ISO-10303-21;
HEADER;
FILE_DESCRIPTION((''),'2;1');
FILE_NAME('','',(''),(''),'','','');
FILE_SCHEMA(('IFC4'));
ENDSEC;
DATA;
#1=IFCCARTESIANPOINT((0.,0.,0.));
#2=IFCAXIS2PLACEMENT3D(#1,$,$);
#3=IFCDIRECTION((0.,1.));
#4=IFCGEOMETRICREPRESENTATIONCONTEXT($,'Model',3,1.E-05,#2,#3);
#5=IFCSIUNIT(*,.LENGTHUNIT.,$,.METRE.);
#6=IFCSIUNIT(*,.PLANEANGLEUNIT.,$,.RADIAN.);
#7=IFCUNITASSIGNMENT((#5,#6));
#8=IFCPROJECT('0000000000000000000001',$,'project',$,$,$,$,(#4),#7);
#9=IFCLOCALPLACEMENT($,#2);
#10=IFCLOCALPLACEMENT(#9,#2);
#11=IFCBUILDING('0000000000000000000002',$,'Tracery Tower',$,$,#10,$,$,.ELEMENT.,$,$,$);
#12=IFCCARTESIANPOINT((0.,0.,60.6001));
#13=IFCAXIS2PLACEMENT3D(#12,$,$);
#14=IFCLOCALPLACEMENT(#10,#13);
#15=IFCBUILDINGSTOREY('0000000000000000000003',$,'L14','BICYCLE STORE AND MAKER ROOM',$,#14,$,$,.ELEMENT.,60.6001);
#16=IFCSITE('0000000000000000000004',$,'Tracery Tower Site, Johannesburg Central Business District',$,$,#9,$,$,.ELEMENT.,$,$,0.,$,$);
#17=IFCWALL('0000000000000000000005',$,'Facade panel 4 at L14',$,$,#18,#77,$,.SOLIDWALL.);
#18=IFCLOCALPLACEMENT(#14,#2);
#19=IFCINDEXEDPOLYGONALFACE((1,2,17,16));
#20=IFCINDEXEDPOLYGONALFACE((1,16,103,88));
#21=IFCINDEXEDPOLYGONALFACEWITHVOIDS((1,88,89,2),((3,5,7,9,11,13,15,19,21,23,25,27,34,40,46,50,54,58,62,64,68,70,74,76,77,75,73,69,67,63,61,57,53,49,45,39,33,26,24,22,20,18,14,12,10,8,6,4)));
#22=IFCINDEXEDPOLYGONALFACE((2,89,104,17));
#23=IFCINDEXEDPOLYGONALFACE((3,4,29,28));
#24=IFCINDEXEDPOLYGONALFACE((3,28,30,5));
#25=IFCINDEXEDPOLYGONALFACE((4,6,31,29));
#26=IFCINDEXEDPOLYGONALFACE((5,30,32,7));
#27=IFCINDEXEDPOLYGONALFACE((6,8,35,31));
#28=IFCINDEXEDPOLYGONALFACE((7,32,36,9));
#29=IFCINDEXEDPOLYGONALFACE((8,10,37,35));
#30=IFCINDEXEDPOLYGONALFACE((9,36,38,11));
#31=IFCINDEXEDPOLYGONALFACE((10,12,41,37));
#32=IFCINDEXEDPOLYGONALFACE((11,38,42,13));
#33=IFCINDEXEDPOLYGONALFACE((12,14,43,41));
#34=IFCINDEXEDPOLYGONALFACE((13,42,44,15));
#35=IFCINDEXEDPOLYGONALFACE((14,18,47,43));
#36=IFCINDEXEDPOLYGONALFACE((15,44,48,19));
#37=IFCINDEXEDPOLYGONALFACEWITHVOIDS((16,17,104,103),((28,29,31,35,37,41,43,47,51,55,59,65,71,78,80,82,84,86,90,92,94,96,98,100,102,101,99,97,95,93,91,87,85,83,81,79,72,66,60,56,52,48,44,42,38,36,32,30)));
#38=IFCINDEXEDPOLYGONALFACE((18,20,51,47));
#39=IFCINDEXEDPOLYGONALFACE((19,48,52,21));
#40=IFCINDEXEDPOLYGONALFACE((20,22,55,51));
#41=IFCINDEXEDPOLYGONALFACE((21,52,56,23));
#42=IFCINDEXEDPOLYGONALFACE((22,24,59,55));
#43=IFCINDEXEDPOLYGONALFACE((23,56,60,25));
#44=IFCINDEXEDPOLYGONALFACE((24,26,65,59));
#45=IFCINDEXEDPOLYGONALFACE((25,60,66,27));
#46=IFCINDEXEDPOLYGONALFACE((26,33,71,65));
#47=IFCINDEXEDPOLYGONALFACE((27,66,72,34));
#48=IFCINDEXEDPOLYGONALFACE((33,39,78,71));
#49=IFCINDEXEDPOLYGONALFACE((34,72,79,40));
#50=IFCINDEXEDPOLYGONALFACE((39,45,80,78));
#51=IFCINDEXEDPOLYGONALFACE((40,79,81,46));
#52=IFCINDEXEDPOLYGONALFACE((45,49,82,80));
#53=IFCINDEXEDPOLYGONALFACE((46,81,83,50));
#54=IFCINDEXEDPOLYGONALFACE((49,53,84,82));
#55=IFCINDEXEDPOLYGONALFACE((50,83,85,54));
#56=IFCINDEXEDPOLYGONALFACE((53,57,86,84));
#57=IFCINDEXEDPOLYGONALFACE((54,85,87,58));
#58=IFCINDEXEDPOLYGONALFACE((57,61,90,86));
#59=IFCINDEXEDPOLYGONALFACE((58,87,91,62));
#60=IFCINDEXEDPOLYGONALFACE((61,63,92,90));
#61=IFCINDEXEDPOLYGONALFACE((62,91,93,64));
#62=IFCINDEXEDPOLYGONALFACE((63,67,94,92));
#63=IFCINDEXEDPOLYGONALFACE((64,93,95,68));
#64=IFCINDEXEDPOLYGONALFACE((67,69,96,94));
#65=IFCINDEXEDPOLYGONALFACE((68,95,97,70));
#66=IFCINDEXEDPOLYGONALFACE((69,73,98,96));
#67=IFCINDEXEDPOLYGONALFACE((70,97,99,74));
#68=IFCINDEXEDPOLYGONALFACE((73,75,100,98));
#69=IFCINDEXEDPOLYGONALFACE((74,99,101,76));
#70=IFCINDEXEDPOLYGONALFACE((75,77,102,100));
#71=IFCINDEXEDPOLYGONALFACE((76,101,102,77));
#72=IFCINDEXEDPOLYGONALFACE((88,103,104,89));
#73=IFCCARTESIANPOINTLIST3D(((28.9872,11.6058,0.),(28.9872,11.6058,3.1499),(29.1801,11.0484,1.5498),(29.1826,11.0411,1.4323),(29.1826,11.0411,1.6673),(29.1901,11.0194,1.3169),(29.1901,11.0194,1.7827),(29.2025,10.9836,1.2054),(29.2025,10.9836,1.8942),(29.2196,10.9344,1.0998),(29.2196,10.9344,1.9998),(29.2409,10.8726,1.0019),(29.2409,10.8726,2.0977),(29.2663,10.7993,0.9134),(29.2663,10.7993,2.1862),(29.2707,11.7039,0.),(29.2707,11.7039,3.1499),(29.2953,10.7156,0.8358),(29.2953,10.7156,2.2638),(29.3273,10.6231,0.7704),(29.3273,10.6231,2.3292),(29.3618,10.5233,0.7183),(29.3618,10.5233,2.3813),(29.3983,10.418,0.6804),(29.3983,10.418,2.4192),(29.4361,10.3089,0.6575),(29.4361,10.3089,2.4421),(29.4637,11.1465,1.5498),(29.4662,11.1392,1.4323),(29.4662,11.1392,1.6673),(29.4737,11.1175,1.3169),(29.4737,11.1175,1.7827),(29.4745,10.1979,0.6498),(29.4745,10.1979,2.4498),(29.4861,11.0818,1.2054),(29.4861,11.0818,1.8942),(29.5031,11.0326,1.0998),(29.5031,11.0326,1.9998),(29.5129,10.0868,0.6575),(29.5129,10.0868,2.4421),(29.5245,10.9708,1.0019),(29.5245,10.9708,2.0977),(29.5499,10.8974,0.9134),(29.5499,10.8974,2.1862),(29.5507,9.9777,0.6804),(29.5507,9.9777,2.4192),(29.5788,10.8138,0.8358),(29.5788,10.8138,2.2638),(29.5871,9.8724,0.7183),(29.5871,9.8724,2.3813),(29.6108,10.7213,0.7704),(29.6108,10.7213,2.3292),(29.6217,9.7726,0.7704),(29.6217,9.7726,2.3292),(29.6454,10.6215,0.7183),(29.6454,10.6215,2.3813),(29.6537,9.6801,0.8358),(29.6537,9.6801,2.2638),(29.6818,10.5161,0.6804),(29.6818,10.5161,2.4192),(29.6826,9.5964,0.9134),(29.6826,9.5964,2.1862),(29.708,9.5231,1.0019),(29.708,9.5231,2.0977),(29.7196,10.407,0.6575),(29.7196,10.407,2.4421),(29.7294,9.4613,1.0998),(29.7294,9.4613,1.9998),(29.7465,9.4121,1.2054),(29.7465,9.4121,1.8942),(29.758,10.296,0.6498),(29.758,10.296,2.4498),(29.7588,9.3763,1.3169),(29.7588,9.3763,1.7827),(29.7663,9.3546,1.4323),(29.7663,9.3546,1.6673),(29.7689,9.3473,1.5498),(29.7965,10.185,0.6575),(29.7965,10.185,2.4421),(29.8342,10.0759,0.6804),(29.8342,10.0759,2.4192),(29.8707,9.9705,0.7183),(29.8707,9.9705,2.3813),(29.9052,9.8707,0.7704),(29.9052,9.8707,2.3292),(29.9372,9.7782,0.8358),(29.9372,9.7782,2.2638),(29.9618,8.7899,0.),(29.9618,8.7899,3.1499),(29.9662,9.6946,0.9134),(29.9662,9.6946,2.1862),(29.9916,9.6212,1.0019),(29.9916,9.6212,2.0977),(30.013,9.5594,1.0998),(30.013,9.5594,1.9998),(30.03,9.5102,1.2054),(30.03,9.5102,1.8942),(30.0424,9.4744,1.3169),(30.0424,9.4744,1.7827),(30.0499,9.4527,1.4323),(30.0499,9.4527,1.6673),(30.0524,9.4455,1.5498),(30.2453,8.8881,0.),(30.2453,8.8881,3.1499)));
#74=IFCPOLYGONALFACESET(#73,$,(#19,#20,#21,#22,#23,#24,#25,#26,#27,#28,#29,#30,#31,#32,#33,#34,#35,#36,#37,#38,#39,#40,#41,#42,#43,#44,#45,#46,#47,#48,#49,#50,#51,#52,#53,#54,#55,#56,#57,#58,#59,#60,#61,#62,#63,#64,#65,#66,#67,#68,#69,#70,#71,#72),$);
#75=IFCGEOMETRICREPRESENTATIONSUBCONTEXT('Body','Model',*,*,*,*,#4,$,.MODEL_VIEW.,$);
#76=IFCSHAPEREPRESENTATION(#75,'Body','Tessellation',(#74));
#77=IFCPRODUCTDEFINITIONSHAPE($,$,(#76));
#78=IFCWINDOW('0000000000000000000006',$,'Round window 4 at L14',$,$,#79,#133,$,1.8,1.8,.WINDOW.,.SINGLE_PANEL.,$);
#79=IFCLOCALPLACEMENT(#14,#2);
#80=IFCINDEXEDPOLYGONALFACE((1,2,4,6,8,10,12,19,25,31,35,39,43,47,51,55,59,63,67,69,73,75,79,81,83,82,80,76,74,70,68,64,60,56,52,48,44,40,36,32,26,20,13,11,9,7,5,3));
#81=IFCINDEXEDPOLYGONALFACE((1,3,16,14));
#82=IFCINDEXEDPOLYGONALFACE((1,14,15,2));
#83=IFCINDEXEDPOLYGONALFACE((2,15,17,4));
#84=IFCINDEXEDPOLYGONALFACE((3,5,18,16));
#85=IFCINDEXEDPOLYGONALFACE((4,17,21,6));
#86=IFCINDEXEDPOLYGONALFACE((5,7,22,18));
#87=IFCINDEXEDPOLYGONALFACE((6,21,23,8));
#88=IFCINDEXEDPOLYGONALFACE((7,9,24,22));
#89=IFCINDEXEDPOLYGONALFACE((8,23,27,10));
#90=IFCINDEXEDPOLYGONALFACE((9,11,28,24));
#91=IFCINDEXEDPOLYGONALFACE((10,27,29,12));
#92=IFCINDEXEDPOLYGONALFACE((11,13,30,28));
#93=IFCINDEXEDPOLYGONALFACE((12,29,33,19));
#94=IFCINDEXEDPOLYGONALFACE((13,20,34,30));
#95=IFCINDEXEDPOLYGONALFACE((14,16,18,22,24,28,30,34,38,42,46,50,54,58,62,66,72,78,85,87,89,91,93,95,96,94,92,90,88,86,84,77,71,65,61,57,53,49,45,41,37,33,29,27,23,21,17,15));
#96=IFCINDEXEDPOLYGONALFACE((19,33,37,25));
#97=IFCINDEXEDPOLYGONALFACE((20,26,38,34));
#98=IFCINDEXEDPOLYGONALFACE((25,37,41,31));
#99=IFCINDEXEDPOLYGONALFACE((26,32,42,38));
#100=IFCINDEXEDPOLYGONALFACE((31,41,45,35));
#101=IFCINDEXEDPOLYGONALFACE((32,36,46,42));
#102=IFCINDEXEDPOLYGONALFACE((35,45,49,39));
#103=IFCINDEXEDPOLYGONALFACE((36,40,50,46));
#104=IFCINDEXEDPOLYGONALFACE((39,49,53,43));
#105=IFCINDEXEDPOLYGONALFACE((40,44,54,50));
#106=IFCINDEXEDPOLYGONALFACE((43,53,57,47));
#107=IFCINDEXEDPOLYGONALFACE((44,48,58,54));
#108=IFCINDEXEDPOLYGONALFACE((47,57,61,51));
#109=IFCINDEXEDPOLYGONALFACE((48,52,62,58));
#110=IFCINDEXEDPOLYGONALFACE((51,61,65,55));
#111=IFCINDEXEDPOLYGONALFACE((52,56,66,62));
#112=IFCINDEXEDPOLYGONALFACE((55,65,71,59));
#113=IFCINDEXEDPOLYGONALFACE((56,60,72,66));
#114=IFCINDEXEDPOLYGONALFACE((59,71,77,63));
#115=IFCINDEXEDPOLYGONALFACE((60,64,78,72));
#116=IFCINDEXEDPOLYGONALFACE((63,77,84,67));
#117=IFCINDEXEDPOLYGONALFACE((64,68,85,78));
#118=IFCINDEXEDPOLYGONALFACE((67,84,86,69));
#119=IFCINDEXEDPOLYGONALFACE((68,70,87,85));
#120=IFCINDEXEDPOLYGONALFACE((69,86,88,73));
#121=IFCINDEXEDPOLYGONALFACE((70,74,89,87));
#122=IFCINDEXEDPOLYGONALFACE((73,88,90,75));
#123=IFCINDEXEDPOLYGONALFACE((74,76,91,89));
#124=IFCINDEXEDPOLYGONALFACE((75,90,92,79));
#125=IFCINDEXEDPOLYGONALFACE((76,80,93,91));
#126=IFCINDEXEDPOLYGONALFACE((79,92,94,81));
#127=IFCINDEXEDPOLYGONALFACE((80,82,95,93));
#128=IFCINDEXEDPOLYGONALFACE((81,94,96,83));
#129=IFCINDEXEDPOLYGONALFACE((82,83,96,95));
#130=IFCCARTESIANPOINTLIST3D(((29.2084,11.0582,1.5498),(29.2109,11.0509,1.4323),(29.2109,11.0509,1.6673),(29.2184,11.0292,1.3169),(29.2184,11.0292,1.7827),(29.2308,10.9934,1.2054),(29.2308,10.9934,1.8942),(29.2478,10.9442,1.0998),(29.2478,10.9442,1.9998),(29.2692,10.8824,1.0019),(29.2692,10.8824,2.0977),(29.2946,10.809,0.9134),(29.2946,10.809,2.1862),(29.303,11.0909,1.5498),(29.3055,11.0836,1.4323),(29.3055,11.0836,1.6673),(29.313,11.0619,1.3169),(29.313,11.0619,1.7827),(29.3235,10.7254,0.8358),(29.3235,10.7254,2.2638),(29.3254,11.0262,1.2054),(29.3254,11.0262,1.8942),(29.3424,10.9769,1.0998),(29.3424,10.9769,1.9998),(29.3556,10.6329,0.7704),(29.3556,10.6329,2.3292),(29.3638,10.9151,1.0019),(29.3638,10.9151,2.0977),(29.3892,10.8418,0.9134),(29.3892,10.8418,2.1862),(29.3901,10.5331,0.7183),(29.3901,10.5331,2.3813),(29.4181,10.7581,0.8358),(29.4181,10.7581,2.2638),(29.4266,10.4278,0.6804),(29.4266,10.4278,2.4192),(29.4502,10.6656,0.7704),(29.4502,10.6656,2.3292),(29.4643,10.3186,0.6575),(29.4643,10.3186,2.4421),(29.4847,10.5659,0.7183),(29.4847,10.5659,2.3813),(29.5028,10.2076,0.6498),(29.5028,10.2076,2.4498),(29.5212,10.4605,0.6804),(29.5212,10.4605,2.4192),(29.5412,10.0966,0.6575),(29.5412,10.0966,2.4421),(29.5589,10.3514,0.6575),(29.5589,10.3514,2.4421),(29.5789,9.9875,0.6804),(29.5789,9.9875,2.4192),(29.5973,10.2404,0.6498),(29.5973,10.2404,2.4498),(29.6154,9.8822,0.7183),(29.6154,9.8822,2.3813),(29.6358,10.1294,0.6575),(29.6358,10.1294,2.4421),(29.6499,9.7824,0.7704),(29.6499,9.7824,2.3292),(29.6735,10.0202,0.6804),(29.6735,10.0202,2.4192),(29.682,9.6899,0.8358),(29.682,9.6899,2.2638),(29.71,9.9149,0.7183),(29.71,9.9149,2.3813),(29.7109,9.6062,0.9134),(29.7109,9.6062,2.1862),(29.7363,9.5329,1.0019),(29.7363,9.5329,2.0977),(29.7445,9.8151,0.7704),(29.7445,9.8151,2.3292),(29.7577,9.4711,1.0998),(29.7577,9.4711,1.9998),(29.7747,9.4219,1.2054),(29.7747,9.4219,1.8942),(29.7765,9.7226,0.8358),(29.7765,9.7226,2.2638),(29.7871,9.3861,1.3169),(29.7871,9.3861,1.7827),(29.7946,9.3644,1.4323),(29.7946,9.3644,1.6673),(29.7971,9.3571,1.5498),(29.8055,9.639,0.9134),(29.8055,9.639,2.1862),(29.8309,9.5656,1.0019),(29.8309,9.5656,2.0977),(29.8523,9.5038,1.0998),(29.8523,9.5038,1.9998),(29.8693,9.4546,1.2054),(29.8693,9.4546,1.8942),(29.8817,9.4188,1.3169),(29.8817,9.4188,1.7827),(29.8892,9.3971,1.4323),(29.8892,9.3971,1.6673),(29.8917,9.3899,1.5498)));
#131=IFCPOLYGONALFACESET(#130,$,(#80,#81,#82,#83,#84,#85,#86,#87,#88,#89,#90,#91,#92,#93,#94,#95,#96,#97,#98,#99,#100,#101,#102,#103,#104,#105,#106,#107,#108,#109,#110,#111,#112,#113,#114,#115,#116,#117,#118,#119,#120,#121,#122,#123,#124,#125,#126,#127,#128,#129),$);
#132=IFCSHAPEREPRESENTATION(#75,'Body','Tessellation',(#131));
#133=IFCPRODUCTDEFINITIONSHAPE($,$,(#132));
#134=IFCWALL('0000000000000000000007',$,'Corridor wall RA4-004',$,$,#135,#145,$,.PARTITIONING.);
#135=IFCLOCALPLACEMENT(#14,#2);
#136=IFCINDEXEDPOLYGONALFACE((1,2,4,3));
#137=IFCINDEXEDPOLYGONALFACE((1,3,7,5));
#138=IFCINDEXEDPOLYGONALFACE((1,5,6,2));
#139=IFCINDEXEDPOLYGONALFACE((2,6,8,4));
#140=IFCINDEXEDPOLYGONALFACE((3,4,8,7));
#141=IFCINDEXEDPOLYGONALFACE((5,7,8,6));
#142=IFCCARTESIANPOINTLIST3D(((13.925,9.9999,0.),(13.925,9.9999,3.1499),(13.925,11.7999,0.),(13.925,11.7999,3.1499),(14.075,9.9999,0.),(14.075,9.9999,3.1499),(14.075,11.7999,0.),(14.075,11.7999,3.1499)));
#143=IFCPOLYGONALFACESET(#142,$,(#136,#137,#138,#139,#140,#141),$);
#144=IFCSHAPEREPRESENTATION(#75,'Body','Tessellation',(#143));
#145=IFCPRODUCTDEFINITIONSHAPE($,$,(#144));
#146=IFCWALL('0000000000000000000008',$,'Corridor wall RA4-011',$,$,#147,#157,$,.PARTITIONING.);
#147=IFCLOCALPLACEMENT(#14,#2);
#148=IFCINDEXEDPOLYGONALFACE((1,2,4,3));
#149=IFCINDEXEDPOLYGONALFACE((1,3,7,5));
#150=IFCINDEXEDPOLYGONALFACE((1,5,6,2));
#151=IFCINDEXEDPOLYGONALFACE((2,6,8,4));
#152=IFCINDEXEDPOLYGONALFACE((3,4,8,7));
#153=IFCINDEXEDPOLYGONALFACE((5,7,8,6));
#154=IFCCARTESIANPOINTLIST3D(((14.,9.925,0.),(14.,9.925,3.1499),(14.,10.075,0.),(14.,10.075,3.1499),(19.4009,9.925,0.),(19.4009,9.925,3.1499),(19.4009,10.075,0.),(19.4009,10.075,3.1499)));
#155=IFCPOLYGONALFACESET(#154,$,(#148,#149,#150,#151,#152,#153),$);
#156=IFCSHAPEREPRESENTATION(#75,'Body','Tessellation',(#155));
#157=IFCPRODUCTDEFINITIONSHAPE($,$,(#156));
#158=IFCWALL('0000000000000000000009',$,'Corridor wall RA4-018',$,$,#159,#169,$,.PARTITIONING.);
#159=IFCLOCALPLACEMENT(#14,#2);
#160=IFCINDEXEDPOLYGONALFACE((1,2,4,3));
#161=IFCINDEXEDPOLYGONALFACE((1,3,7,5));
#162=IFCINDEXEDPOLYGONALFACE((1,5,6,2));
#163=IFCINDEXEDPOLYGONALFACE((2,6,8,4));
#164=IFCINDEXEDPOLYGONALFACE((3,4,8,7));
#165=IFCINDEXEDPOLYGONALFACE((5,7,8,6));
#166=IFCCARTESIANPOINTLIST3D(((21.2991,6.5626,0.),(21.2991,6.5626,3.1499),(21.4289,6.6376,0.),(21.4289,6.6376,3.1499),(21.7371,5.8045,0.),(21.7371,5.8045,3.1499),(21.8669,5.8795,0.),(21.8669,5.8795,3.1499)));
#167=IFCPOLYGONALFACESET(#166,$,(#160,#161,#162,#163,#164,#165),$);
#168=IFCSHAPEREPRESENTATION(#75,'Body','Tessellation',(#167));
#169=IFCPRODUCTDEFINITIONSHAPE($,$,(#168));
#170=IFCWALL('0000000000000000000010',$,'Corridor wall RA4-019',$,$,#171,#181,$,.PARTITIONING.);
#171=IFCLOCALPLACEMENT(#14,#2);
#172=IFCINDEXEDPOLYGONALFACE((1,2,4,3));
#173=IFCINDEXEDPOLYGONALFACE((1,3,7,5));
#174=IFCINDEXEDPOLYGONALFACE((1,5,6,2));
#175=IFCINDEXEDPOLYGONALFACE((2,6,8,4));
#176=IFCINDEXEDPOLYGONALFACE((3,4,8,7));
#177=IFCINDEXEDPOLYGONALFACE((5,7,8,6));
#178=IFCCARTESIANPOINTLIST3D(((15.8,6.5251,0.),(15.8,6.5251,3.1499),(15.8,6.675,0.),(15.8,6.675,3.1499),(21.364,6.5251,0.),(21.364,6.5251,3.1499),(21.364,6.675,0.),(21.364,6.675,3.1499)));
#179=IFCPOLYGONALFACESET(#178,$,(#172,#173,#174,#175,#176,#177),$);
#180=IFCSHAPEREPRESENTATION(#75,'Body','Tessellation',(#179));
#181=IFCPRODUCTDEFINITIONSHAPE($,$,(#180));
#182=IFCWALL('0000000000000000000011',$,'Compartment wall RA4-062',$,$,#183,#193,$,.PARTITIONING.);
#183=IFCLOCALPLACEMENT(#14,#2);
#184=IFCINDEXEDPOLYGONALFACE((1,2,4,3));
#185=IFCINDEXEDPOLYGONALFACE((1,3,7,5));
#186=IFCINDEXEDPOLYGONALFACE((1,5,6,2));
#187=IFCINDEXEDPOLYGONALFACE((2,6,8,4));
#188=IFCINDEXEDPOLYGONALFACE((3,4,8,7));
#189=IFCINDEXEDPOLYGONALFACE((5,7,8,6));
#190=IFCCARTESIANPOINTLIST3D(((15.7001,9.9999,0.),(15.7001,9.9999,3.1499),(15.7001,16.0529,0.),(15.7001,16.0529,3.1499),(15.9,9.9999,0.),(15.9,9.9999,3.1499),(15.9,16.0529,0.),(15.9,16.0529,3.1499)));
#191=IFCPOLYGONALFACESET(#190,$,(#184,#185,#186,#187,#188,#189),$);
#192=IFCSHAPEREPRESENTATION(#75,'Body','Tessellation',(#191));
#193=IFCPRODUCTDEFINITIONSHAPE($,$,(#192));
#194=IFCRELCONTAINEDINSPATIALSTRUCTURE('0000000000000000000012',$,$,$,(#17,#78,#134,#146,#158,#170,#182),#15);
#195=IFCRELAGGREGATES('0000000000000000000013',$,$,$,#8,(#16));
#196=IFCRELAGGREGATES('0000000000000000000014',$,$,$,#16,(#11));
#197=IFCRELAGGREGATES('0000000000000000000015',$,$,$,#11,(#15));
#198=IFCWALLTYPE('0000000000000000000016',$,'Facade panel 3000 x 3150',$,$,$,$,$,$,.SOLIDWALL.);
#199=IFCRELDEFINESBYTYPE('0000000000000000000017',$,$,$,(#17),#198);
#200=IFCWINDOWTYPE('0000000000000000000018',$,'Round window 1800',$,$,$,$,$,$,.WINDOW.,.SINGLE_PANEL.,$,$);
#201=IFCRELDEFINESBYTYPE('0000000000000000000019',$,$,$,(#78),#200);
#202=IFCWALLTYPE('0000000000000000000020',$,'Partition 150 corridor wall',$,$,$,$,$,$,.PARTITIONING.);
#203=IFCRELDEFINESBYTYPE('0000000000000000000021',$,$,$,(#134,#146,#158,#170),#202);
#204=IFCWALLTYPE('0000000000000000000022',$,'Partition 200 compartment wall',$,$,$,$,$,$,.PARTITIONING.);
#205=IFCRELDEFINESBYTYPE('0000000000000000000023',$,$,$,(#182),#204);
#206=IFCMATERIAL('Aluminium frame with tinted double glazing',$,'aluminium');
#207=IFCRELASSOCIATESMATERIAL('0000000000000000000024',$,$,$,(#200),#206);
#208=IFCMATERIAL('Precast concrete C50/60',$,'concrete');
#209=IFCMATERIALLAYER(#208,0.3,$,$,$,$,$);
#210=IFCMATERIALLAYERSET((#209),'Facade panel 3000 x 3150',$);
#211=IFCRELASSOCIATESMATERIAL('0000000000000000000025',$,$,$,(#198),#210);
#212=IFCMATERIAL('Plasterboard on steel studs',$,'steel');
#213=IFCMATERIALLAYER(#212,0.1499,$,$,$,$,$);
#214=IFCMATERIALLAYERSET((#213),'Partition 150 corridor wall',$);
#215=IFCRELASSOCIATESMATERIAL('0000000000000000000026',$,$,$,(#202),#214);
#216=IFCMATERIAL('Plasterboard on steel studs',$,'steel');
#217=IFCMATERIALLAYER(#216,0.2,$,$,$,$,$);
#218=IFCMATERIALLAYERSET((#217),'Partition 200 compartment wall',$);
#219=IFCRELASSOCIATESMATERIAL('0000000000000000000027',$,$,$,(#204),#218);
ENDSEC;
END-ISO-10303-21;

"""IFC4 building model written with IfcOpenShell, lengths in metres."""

from ifc_helpers import new_model, si_unit, direction, frame, frame_2d, origin, origin_2d, place, context, subcontext, project, spatial, rectangle, circle, extrude, material, layer, layer_set, type_object, element, fill, save


model = new_model("IFC4")

# Units and contexts
model_context = context("Model", 3, precision=1e-05, world=origin(), true_north=direction((0.0, 1.0)))
body_context = subcontext(model_context, "Body", "Model", "MODEL_VIEW")
ifc_project = project(units=[si_unit("LENGTHUNIT", "METRE"), si_unit("PLANEANGLEUNIT", "RADIAN")], contexts=[model_context])

# Site, building, storey
site_placement = place(None, origin())
site = spatial("IfcSite", under=ifc_project, at=site_placement, Name="Tracery Tower Site, Johannesburg Central Business District", CompositionType="ELEMENT", RefElevation=0.0)
building_placement = place(site_placement, origin())
building = spatial("IfcBuilding", under=site, at=building_placement, Name="Tracery Tower", CompositionType="ELEMENT")
storey_placement = place(building_placement, frame((0.0, 0.0, 60.6001)))
storey = spatial("IfcBuildingStorey", under=building, at=storey_placement, Name="L14", Description="BICYCLE STORE AND MAKER ROOM", CompositionType="ELEMENT", Elevation=60.6001)

# Wall, opening, window
ifc_material_1 = material(Name="Aluminium frame with tinted double glazing", Category="aluminium")
window_type = type_object("IfcWindowType", Name="Round window 1800", PartitioningType="SINGLE_PANEL", PredefinedType="WINDOW", material=ifc_material_1)
ifc_material_2 = material(Name="Precast concrete C50/60", Category="concrete")
ifc_layer_1 = layer(ifc_material_2, 0.3)
ifc_layer_set_1 = layer_set([ifc_layer_1], Name="Facade panel 3000 x 3150")
wall_type_1 = type_object("IfcWallType", Name="Facade panel 3000 x 3150", PredefinedType="SOLIDWALL", material=ifc_layer_set_1)
wall_1_placement = place(storey_placement, frame((30.1035, 8.8391, 0.0), z_axis=(0.0, 0.0, 1.0), x_axis=(-0.327071, 0.945, 0.0)))
wall_1 = element("IfcWall", 1, at=wall_1_placement, inside=storey, type_object=wall_type_1, Name="Facade panel 4 at L14", PredefinedType="SOLIDWALL", context=body_context, shape_type="SweptSolid", body=[
    extrude(rectangle(XDim=2.9797, YDim=0.3, at=frame_2d((1.4897, 0.0))), origin(), (0.0, 0.0, 1.0), 3.1499),
])
opening_1_placement = place(wall_1_placement, frame((1.4897, 0.0, 1.5498)))
opening_1 = element("IfcOpeningElement", 2, at=opening_1_placement, cuts=wall_1, PredefinedType="OPENING", context=body_context, shape_type="SweptSolid", body=[
    extrude(circle(Radius=0.9, at=origin_2d()), frame((0.0, 0.1599, 0.0), z_axis=(0.0, -1.0, 0.0), x_axis=(1.0, 0.0, 0.0)), (0.0, 0.0, 1.0), 0.3201),
])
window_1_placement = place(opening_1_placement, origin())
window_1 = element("IfcWindow", 3, at=window_1_placement, inside=storey, type_object=window_type, Name="Round window 4 at L14", OverallHeight=1.8, OverallWidth=1.8, PartitioningType="SINGLE_PANEL", PredefinedType="WINDOW", context=body_context, shape_type="SweptSolid", body=[
    extrude(circle(Radius=0.9, at=origin_2d()), frame((0.0, 0.1201, 0.0), z_axis=(0.0, -1.0, 0.0), x_axis=(1.0, 0.0, 0.0)), (0.0, 0.0, 1.0), 0.1001),
])
fill(opening_1, window_1)

# Walls
ifc_material_3 = material(Name="Plasterboard on steel studs", Category="steel")
ifc_layer_2 = layer(ifc_material_3, 0.1499)
ifc_layer_set_2 = layer_set([ifc_layer_2], Name="Partition 150 corridor wall")
wall_type_2 = type_object("IfcWallType", Name="Partition 150 corridor wall", PredefinedType="PARTITIONING", material=ifc_layer_set_2)
wall_2_placement = place(storey_placement, frame((14.0, 10.0, 0.0), z_axis=(0.0, 0.0, 1.0), x_axis=(0.0, 1.0, 0.0)))
element("IfcWall", 4, at=wall_2_placement, inside=storey, type_object=wall_type_2, Name="Corridor wall RA4-004", PredefinedType="PARTITIONING", context=body_context, shape_type="SweptSolid", body=[
    extrude(rectangle(XDim=1.8, YDim=0.1499, at=frame_2d((0.8999, 0.0))), origin(), (0.0, 0.0, 1.0), 3.1499),
])
wall_3_placement = place(storey_placement, frame((14.0, 10.0, 0.0), z_axis=(0.0, 0.0, 1.0), x_axis=(1.0, 0.0, 0.0)))
element("IfcWall", 5, at=wall_3_placement, inside=storey, type_object=wall_type_2, Name="Corridor wall RA4-011", PredefinedType="PARTITIONING", context=body_context, shape_type="SweptSolid", body=[
    extrude(rectangle(XDim=5.4009, YDim=0.1499, at=frame_2d((2.7004, 0.0))), origin(), (0.0, 0.0, 1.0), 3.1499),
])
wall_4_placement = place(storey_placement, frame((21.364, 6.6001, 0.0), z_axis=(0.0, 0.0, 1.0), x_axis=(0.500278, -0.865865, 0.0)))
element("IfcWall", 6, at=wall_4_placement, inside=storey, type_object=wall_type_2, Name="Corridor wall RA4-018", PredefinedType="PARTITIONING", context=body_context, shape_type="SweptSolid", body=[
    extrude(rectangle(XDim=0.8755, YDim=0.1499, at=frame_2d((0.4377, 0.0))), origin(), (0.0, 0.0, 1.0), 3.1499),
])
wall_5_placement = place(storey_placement, frame((15.8, 6.6001, 0.0), z_axis=(0.0, 0.0, 1.0), x_axis=(1.0, 0.0, 0.0)))
element("IfcWall", 7, at=wall_5_placement, inside=storey, type_object=wall_type_2, Name="Corridor wall RA4-019", PredefinedType="PARTITIONING", context=body_context, shape_type="SweptSolid", body=[
    extrude(rectangle(XDim=5.564, YDim=0.1499, at=frame_2d((2.782, 0.0))), origin(), (0.0, 0.0, 1.0), 3.1499),
])
ifc_material_4 = material(Name="Plasterboard on steel studs", Category="steel")
ifc_layer_3 = layer(ifc_material_4, 0.2)
ifc_layer_set_3 = layer_set([ifc_layer_3], Name="Partition 200 compartment wall")
wall_type_3 = type_object("IfcWallType", Name="Partition 200 compartment wall", PredefinedType="PARTITIONING", material=ifc_layer_set_3)
wall_6_placement = place(storey_placement, frame((15.8, 10.0, 0.0), z_axis=(0.0, 0.0, 1.0), x_axis=(0.0, 1.0, 0.0)))
element("IfcWall", 8, at=wall_6_placement, inside=storey, type_object=wall_type_3, Name="Compartment wall RA4-062", PredefinedType="PARTITIONING", context=body_context, shape_type="SweptSolid", body=[
    extrude(rectangle(XDim=6.053, YDim=0.2, at=frame_2d((3.0264, 0.0))), origin(), (0.0, 0.0, 1.0), 3.1499),
])

save(model, "model.ifc")
